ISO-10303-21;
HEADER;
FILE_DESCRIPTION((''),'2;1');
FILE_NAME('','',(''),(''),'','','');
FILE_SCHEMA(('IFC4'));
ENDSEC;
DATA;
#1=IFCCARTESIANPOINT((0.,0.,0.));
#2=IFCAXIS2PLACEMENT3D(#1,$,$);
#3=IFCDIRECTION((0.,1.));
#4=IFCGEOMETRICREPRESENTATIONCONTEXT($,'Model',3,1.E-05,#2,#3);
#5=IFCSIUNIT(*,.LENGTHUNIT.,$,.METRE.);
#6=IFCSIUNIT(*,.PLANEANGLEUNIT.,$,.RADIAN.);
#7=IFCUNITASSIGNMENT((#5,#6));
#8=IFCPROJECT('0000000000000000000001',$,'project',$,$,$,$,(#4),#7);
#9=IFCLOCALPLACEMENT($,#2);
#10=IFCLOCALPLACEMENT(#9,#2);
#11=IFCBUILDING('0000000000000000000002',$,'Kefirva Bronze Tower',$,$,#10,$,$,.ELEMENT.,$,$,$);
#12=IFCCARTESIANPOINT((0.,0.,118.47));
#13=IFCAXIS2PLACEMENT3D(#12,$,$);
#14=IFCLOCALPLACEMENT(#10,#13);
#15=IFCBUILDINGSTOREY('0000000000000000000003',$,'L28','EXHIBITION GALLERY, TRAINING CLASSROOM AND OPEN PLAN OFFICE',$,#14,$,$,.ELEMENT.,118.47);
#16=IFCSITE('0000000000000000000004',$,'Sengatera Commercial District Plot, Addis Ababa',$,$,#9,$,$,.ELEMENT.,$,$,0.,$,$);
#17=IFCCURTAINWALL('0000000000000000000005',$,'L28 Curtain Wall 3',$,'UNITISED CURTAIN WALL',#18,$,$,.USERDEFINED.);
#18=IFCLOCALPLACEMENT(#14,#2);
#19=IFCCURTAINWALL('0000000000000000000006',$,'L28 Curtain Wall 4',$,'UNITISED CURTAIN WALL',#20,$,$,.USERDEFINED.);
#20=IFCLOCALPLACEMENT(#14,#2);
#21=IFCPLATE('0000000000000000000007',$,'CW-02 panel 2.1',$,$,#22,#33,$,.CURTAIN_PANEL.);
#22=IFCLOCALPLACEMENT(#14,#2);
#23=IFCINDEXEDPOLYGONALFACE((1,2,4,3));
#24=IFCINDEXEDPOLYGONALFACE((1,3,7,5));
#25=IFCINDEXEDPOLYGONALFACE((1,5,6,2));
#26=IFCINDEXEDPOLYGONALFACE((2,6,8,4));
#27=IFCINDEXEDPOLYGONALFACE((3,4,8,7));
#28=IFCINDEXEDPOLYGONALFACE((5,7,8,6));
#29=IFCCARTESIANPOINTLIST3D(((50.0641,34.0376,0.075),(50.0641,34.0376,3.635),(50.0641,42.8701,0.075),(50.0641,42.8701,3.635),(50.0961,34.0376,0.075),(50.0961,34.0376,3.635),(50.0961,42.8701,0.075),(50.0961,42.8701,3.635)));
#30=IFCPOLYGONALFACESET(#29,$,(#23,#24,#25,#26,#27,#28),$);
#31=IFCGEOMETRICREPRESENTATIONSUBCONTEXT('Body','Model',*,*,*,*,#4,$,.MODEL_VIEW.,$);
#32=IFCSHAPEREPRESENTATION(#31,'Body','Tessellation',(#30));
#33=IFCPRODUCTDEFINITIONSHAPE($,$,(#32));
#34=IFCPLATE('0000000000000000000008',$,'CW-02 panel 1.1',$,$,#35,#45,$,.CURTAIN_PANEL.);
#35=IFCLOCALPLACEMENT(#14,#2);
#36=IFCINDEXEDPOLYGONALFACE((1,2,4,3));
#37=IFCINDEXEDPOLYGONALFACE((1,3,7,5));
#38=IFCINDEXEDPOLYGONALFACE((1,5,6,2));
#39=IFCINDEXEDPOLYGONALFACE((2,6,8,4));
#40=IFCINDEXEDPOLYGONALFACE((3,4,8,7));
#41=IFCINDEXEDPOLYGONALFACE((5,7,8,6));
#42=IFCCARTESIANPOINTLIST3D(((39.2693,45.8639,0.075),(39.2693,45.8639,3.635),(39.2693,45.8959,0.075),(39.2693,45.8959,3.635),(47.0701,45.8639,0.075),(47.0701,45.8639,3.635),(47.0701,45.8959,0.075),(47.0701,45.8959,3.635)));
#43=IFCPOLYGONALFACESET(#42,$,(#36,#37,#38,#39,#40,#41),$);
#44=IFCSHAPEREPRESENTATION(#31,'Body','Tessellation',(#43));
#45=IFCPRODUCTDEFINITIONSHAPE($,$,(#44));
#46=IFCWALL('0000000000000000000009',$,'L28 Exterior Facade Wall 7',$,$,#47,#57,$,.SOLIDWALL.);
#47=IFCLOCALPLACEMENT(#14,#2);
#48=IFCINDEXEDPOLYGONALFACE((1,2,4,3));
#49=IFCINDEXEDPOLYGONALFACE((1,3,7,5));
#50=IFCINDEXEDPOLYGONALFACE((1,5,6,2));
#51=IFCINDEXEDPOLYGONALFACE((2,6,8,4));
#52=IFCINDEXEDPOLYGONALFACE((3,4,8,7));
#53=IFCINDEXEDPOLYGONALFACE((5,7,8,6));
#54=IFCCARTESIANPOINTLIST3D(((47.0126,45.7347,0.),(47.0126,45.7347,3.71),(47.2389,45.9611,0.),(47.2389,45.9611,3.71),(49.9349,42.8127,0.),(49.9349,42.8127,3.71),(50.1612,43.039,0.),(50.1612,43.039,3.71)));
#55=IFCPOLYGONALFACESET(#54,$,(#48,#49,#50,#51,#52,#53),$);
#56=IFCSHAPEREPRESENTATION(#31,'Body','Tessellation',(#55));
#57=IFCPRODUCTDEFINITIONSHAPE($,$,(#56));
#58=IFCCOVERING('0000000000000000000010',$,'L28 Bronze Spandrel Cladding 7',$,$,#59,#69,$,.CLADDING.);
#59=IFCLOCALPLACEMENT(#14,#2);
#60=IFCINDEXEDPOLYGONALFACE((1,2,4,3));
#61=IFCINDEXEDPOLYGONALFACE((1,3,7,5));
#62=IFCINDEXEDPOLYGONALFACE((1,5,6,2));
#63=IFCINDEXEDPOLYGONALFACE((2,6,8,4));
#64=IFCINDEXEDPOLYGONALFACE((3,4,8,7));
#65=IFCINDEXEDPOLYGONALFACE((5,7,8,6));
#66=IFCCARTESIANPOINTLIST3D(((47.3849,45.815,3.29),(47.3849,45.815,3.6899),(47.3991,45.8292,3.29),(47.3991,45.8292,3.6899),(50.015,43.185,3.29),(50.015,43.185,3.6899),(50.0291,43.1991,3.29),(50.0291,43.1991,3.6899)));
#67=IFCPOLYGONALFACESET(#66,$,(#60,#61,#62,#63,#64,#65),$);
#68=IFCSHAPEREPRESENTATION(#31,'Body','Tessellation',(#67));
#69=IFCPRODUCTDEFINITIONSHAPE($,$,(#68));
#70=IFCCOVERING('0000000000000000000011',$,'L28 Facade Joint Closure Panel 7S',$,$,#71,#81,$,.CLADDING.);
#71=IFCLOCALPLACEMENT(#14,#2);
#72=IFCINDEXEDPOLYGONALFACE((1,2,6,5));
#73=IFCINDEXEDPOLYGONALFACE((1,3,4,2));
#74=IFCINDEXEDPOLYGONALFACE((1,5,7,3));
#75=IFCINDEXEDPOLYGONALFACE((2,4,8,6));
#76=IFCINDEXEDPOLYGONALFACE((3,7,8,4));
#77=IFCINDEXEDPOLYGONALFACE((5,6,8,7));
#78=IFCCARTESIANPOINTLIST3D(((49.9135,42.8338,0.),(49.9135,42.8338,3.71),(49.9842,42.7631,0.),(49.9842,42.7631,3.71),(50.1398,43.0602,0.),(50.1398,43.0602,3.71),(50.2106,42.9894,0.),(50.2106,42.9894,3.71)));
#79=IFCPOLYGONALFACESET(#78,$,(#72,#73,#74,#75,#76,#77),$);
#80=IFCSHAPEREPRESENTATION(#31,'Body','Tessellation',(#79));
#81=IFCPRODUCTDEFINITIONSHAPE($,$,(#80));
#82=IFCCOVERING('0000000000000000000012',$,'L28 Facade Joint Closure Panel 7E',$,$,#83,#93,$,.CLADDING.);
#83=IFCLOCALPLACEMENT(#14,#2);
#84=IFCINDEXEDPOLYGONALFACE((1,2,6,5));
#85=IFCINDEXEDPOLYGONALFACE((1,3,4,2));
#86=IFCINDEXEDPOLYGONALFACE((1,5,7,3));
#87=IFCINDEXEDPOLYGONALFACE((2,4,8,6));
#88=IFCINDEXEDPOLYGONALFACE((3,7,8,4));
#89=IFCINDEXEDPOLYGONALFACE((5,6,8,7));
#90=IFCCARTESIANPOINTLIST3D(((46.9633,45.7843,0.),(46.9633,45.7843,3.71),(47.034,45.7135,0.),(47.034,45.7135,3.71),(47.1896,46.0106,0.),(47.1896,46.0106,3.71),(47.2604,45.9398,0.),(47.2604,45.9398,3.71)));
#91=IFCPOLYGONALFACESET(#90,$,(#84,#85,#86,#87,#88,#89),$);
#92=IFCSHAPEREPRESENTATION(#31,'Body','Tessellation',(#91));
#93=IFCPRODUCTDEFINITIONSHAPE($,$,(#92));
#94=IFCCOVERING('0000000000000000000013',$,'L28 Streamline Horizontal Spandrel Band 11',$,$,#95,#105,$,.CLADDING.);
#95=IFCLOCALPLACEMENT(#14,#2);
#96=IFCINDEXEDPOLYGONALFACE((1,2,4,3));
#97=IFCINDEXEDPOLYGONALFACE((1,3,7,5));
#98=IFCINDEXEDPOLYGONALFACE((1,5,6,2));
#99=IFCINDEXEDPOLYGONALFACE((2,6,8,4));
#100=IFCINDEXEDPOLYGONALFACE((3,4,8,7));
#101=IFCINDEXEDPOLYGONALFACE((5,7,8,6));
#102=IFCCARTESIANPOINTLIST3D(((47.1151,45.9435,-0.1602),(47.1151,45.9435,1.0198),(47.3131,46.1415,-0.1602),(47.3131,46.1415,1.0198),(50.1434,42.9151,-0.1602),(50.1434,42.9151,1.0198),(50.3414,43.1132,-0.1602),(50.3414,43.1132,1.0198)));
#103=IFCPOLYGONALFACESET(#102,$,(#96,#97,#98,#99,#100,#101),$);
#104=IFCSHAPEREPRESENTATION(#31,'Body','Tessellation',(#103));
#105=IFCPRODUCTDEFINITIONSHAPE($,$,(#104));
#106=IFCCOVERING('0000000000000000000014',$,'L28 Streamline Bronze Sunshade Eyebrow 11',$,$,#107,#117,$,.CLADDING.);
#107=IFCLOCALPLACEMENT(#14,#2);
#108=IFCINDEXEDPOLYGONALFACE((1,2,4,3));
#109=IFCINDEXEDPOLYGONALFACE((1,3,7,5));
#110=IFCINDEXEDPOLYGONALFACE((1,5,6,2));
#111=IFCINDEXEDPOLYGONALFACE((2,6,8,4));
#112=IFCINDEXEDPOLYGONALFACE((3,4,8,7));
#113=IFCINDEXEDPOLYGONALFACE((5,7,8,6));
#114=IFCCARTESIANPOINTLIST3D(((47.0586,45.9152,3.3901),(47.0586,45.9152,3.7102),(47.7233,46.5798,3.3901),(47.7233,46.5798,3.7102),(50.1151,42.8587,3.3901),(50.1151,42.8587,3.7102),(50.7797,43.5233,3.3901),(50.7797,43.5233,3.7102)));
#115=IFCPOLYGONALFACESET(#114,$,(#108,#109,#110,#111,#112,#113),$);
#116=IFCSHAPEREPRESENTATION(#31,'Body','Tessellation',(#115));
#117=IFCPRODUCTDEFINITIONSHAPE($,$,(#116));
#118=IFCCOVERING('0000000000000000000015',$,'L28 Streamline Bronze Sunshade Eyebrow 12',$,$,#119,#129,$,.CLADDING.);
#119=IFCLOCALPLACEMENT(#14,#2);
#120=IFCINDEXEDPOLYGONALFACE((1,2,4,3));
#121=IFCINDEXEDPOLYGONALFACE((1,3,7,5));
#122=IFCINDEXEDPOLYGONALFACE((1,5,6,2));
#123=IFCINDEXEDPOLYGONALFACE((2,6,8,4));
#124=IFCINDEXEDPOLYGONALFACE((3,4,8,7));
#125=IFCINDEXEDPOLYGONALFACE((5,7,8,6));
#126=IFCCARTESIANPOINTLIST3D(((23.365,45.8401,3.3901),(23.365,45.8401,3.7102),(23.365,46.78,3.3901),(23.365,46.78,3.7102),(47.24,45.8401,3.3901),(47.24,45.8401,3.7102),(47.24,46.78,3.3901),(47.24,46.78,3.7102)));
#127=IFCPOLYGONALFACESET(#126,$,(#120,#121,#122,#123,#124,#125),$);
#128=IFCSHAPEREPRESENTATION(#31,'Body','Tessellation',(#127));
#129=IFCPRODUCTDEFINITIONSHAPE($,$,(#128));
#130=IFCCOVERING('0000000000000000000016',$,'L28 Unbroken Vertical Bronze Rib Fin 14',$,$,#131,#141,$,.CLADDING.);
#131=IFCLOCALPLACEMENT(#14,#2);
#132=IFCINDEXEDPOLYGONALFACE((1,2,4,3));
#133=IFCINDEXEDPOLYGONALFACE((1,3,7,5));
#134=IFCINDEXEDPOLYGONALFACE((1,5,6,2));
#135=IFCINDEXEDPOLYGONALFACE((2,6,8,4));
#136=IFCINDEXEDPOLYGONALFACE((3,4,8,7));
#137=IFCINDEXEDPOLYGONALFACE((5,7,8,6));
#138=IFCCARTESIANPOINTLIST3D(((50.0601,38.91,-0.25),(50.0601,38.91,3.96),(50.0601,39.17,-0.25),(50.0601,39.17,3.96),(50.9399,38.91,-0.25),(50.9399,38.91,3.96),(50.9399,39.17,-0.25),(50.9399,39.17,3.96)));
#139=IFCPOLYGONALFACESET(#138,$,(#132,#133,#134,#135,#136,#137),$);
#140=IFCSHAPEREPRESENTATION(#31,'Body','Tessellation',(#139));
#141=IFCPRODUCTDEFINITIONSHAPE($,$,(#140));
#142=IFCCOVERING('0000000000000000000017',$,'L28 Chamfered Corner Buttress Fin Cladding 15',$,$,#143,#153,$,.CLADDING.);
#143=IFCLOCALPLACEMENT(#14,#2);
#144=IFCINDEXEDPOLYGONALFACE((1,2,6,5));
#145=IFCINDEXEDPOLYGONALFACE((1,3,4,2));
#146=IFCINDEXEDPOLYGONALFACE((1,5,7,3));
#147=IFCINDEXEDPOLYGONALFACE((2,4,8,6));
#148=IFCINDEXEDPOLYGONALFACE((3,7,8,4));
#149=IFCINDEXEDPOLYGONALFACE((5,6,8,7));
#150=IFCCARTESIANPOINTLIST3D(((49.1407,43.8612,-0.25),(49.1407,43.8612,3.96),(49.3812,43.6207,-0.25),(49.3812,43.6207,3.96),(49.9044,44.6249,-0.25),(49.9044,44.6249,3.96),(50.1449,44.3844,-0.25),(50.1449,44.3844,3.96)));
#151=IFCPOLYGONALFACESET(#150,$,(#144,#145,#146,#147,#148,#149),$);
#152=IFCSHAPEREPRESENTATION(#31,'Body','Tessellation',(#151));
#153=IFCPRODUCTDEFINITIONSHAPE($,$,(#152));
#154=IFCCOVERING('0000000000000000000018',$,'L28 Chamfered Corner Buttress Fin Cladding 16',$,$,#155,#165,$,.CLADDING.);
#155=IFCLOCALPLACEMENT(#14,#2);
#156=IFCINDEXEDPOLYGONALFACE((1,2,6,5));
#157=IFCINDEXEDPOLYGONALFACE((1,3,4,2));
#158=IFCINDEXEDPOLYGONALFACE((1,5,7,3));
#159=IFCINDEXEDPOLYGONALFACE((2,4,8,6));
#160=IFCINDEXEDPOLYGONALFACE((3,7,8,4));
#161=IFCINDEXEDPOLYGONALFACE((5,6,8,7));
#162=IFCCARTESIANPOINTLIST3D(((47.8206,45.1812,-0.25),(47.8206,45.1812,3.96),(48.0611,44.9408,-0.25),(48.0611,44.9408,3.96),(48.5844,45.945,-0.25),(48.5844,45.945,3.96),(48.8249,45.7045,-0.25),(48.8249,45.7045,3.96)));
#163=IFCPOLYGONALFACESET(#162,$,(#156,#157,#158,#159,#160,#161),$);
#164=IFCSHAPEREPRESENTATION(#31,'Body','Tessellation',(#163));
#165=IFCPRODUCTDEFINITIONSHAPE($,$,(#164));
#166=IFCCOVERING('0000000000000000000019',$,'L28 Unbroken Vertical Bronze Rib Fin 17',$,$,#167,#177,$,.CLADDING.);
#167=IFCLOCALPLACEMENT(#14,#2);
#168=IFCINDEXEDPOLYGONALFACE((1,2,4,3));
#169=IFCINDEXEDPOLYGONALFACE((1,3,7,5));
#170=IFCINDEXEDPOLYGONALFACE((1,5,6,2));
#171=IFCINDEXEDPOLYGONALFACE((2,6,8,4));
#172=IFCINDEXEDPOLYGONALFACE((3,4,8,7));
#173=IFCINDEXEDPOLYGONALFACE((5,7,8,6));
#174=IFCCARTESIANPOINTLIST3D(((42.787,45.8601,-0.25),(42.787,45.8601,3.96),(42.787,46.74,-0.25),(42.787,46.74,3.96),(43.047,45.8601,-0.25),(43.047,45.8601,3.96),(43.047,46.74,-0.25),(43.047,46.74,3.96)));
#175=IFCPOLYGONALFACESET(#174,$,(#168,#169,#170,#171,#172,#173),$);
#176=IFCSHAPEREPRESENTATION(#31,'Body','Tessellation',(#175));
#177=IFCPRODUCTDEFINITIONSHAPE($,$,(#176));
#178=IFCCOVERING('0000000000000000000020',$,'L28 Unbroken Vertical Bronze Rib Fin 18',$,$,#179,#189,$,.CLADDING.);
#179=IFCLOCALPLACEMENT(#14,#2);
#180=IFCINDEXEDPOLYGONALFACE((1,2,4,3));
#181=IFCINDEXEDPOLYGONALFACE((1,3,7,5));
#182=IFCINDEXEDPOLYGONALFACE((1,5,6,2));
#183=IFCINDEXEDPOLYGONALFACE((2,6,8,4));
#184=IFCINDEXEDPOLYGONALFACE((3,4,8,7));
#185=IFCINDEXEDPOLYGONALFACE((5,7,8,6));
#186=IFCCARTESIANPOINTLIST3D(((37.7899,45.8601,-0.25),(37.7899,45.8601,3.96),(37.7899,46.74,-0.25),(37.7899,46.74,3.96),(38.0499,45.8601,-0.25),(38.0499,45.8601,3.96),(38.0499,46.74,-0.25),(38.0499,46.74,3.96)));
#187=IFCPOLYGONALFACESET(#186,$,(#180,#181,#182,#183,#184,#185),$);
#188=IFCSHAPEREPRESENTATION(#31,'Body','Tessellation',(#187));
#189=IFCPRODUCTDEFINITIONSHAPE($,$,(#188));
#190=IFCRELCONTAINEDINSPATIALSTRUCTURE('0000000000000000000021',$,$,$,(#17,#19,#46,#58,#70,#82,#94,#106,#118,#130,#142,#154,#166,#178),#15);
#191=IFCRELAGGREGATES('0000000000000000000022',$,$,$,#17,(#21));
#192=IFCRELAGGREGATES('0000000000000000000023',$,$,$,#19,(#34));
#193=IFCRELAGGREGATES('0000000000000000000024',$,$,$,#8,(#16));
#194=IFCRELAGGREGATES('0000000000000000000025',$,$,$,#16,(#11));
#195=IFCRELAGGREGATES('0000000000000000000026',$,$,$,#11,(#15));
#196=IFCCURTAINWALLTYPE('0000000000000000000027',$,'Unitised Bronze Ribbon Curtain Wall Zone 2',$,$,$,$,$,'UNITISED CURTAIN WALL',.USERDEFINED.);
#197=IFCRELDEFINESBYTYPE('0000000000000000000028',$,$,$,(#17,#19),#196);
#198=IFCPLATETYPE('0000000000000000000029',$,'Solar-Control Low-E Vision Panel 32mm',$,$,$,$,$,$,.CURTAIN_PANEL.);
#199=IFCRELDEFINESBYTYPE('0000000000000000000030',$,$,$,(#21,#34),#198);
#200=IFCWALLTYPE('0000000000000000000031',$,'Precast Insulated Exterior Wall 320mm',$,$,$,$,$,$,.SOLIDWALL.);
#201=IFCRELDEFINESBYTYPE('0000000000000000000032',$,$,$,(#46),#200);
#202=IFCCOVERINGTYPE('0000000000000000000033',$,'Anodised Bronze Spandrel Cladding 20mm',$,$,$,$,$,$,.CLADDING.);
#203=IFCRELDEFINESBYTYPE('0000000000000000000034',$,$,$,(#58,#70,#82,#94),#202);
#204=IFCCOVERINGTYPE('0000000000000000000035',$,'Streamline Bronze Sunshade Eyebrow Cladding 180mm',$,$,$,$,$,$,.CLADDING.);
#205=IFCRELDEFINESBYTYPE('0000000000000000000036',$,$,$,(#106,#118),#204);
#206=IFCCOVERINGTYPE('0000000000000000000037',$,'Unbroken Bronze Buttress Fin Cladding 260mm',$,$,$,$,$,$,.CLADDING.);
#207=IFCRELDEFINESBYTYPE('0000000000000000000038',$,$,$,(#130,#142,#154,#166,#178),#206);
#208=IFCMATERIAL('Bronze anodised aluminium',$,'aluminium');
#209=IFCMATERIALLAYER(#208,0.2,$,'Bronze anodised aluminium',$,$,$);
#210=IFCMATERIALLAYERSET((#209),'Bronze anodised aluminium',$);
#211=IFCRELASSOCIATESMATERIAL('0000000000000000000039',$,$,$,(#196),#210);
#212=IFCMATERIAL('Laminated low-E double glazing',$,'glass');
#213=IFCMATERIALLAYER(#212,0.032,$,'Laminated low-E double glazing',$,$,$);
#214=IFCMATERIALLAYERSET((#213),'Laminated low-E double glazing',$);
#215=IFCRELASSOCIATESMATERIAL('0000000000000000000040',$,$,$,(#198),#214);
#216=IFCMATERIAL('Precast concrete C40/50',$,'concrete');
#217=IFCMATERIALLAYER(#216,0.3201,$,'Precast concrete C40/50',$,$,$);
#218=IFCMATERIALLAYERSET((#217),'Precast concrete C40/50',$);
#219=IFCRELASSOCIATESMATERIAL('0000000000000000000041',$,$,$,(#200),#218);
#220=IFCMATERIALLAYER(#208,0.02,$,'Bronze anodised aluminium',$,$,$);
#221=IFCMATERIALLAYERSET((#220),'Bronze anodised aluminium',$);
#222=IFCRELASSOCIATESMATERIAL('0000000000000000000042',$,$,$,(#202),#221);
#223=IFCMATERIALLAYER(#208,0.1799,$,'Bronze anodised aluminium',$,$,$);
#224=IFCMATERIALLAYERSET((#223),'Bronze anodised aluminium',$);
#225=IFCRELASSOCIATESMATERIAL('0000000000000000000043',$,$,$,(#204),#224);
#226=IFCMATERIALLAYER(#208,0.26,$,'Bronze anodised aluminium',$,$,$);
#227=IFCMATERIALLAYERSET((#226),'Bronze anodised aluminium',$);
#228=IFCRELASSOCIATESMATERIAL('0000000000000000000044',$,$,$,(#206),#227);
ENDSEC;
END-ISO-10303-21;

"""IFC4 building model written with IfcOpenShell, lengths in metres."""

from ifc_helpers import new_model, si_unit, direction, frame, frame_2d, origin, origin_2d, place, context, subcontext, project, spatial, rectangle, extrude, material, layer, layer_set, type_object, element, aggregate, save


model = new_model("IFC4")

# Units and contexts
model_context = context("Model", 3, precision=1e-05, world=origin(), true_north=direction((0.0, 1.0)))
body_context = subcontext(model_context, "Body", "Model", "MODEL_VIEW")
ifc_project = project(units=[si_unit("LENGTHUNIT", "METRE"), si_unit("PLANEANGLEUNIT", "RADIAN")], contexts=[model_context])

# Site, building, storey
site_placement = place(None, origin())
site = spatial("IfcSite", under=ifc_project, at=site_placement, Name="Sengatera Commercial District Plot, Addis Ababa", CompositionType="ELEMENT", RefElevation=0.0)
building_placement = place(site_placement, origin())
building = spatial("IfcBuilding", under=site, at=building_placement, Name="Kefirva Bronze Tower", CompositionType="ELEMENT")
storey_placement = place(building_placement, frame((0.0, 0.0, 118.47)))
storey = spatial("IfcBuildingStorey", under=building, at=storey_placement, Name="L28", Description="EXHIBITION GALLERY, TRAINING CLASSROOM AND OPEN PLAN OFFICE", CompositionType="ELEMENT", Elevation=118.47)

# Curtain wall
ifc_material_1 = material(Name="Bronze anodised aluminium", Category="aluminium")
ifc_layer_1 = layer(ifc_material_1, 0.2, Name="Bronze anodised aluminium")
ifc_layer_set_1 = layer_set([ifc_layer_1], Name="Bronze anodised aluminium")
curtain_wall_type = type_object("IfcCurtainWallType", Name="Unitised Bronze Ribbon Curtain Wall Zone 2", ElementType="UNITISED CURTAIN WALL", PredefinedType="USERDEFINED", material=ifc_layer_set_1)
curtain_wall_1_placement = place(storey_placement, origin())
curtain_wall_1 = element("IfcCurtainWall", 1, at=curtain_wall_1_placement, inside=storey, type_object=curtain_wall_type, Name="L28 Curtain Wall 3", ObjectType="UNITISED CURTAIN WALL", PredefinedType="USERDEFINED")

# Curtain wall
curtain_wall_2_placement = place(storey_placement, origin())
curtain_wall_2 = element("IfcCurtainWall", 2, at=curtain_wall_2_placement, inside=storey, type_object=curtain_wall_type, Name="L28 Curtain Wall 4", ObjectType="UNITISED CURTAIN WALL", PredefinedType="USERDEFINED")

# Plates
ifc_material_2 = material(Name="Laminated low-E double glazing", Category="glass")
ifc_layer_2 = layer(ifc_material_2, 0.032, Name="Laminated low-E double glazing")
ifc_layer_set_2 = layer_set([ifc_layer_2], Name="Laminated low-E double glazing")
plate_type = type_object("IfcPlateType", Name="Solar-Control Low-E Vision Panel 32mm", PredefinedType="CURTAIN_PANEL", material=ifc_layer_set_2)
plate_1_placement = place(storey_placement, frame((50.0801, 38.4539, 0.075), z_axis=(0.0, 0.0, 1.0), x_axis=(0.0, 1.0, 0.0)))
plate_1 = element("IfcPlate", 3, at=plate_1_placement, type_object=plate_type, Name="CW-02 panel 2.1", PredefinedType="CURTAIN_PANEL", context=body_context, shape_type="SweptSolid", body=[
    extrude(rectangle(XDim=8.8325, YDim=0.032, at=origin_2d()), origin(), (0.0, 0.0, 1.0), 3.5601),
])
aggregate(curtain_wall_1, [plate_1])
plate_2_placement = place(storey_placement, frame((43.1697, 45.8799, 0.075), z_axis=(0.0, 0.0, 1.0), x_axis=(-1.0, 0.0, 0.0)))
plate_2 = element("IfcPlate", 4, at=plate_2_placement, type_object=plate_type, Name="CW-02 panel 1.1", PredefinedType="CURTAIN_PANEL", context=body_context, shape_type="SweptSolid", body=[
    extrude(rectangle(XDim=7.8008, YDim=0.032, at=origin_2d()), origin(), (0.0, 0.0, 1.0), 3.5601),
])
aggregate(curtain_wall_2, [plate_2])

# Wall
ifc_material_3 = material(Name="Precast concrete C40/50", Category="concrete")
ifc_layer_3 = layer(ifc_material_3, 0.3201, Name="Precast concrete C40/50")
ifc_layer_set_3 = layer_set([ifc_layer_3], Name="Precast concrete C40/50")
wall_type = type_object("IfcWallType", Name="Precast Insulated Exterior Wall 320mm", PredefinedType="SOLIDWALL", material=ifc_layer_set_3)
wall_placement = place(storey_placement, frame((50.0481, 42.9258, 0.0), z_axis=(0.0, 0.0, 1.0), x_axis=(-0.707136, 0.707077, 0.0)))
element("IfcWall", 5, at=wall_placement, inside=storey, type_object=wall_type, Name="L28 Exterior Facade Wall 7", PredefinedType="SOLIDWALL", context=body_context, shape_type="SweptSolid", body=[
    extrude(rectangle(XDim=4.1326, YDim=0.3201, at=frame_2d((2.0664, 0.0))), origin(), (0.0, 0.0, 1.0), 3.71),
])

# Coverings
ifc_layer_4 = layer(ifc_material_1, 0.02, Name="Bronze anodised aluminium")
ifc_layer_set_4 = layer_set([ifc_layer_4], Name="Bronze anodised aluminium")
covering_type_1 = type_object("IfcCoveringType", Name="Anodised Bronze Spandrel Cladding 20mm", PredefinedType="CLADDING", material=ifc_layer_set_4)
covering_1_placement = place(storey_placement, frame((48.707, 44.5071, 3.29), z_axis=(0.0, 0.0, 1.0), x_axis=(-0.707107, 0.707107, 0.0)))
element("IfcCovering", 6, at=covering_1_placement, inside=storey, type_object=covering_type_1, Name="L28 Bronze Spandrel Cladding 7", PredefinedType="CLADDING", context=body_context, shape_type="SweptSolid", body=[
    extrude(rectangle(XDim=3.7195, YDim=0.02, at=origin_2d()), origin(), (0.0, 0.0, 1.0), 0.3999),
])
for number, where, z_axis, x_axis, name in (
    (7, (50.062, 42.9116, 0.0), (0.0, 0.0, 1.0), (-0.707107, 0.707107, 0.0), "L28 Facade Joint Closure Panel 7S"),
    (8, (47.1118, 45.8621, 0.0), (0.0, 0.0, 1.0), (-0.707107, 0.707107, 0.0), "L28 Facade Joint Closure Panel 7E"),
):
    element("IfcCovering", number, at=place(storey_placement, frame(where, z_axis=z_axis, x_axis=x_axis)), inside=storey, type_object=covering_type_1, Name=name, PredefinedType="CLADDING", context=body_context, shape_type="SweptSolid", body=[
        extrude(rectangle(XDim=0.1001, YDim=0.3201, at=origin_2d()), origin(), (0.0, 0.0, 1.0), 3.71),
    ])
covering_2_placement = place(storey_placement, frame((48.7283, 44.5283, -0.1602), z_axis=(0.0, 0.0, 1.0), x_axis=(-0.707107, 0.707107, 0.0)))
element("IfcCovering", 9, at=covering_2_placement, inside=storey, type_object=covering_type_1, Name="L28 Streamline Horizontal Spandrel Band 11", PredefinedType="CLADDING", context=body_context, shape_type="SweptSolid", body=[
    extrude(rectangle(XDim=4.2827, YDim=0.28, at=origin_2d()), origin(), (0.0, 0.0, 1.0), 1.1799),
])
ifc_layer_5 = layer(ifc_material_1, 0.1799, Name="Bronze anodised aluminium")
ifc_layer_set_5 = layer_set([ifc_layer_5], Name="Bronze anodised aluminium")
covering_type_2 = type_object("IfcCoveringType", Name="Streamline Bronze Sunshade Eyebrow Cladding 180mm", PredefinedType="CLADDING", material=ifc_layer_set_5)
covering_3_placement = place(storey_placement, frame((48.9192, 44.7192, 3.3901), z_axis=(0.0, 0.0, 1.0), x_axis=(-0.707107, 0.707107, 0.0)))
element("IfcCovering", 10, at=covering_3_placement, inside=storey, type_object=covering_type_2, Name="L28 Streamline Bronze Sunshade Eyebrow 11", PredefinedType="CLADDING", context=body_context, shape_type="SweptSolid", body=[
    extrude(rectangle(XDim=4.3225, YDim=0.9399, at=origin_2d()), origin(), (0.0, 0.0, 1.0), 0.3201),
])
covering_4_placement = place(storey_placement, frame((35.3025, 46.3101, 3.3901), z_axis=(0.0, 0.0, 1.0), x_axis=(-1.0, 0.0, 0.0)))
element("IfcCovering", 11, at=covering_4_placement, inside=storey, type_object=covering_type_2, Name="L28 Streamline Bronze Sunshade Eyebrow 12", PredefinedType="CLADDING", context=body_context, shape_type="SweptSolid", body=[
    extrude(rectangle(XDim=23.875, YDim=0.9399, at=origin_2d()), origin(), (0.0, 0.0, 1.0), 0.3201),
])
ifc_layer_6 = layer(ifc_material_1, 0.26, Name="Bronze anodised aluminium")
ifc_layer_set_6 = layer_set([ifc_layer_6], Name="Bronze anodised aluminium")
covering_type_3 = type_object("IfcCoveringType", Name="Unbroken Bronze Buttress Fin Cladding 260mm", PredefinedType="CLADDING", material=ifc_layer_set_6)
covering_5_placement = place(storey_placement, frame((50.5, 39.04, -0.25), z_axis=(0.0, 0.0, 1.0), x_axis=(0.0, 1.0, 0.0)))
element("IfcCovering", 12, at=covering_5_placement, inside=storey, type_object=covering_type_3, Name="L28 Unbroken Vertical Bronze Rib Fin 14", PredefinedType="CLADDING", context=body_context, shape_type="SweptSolid", body=[
    extrude(rectangle(XDim=0.26, YDim=0.8799, at=origin_2d()), origin(), (0.0, 0.0, 1.0), 4.21),
])
for number, where, z_axis, x_axis, name in (
    (13, (49.6428, 44.1228, -0.25), (0.0, 0.0, 1.0), (-0.707107, 0.707107, 0.0), "L28 Chamfered Corner Buttress Fin Cladding 15"),
    (14, (48.3228, 45.4429, -0.25), (0.0, 0.0, 1.0), (-0.707107, 0.707107, 0.0), "L28 Chamfered Corner Buttress Fin Cladding 16"),
):
    element("IfcCovering", number, at=place(storey_placement, frame(where, z_axis=z_axis, x_axis=x_axis)), inside=storey, type_object=covering_type_3, Name=name, PredefinedType="CLADDING", context=body_context, shape_type="SweptSolid", body=[
        extrude(rectangle(XDim=0.3401, YDim=1.0801, at=origin_2d()), origin(), (0.0, 0.0, 1.0), 4.21),
    ])
for number, where, z_axis, x_axis, name in (
    (15, (42.917, 46.3, -0.25), (0.0, 0.0, 1.0), (-1.0, 0.0, 0.0), "L28 Unbroken Vertical Bronze Rib Fin 17"),
    (16, (37.9199, 46.3, -0.25), (0.0, 0.0, 1.0), (-1.0, 0.0, 0.0), "L28 Unbroken Vertical Bronze Rib Fin 18"),
):
    element("IfcCovering", number, at=place(storey_placement, frame(where, z_axis=z_axis, x_axis=x_axis)), inside=storey, type_object=covering_type_3, Name=name, PredefinedType="CLADDING", context=body_context, shape_type="SweptSolid", body=[
        extrude(rectangle(XDim=0.26, YDim=0.8799, at=origin_2d()), origin(), (0.0, 0.0, 1.0), 4.21),
    ])

save(model, "model.ifc")
